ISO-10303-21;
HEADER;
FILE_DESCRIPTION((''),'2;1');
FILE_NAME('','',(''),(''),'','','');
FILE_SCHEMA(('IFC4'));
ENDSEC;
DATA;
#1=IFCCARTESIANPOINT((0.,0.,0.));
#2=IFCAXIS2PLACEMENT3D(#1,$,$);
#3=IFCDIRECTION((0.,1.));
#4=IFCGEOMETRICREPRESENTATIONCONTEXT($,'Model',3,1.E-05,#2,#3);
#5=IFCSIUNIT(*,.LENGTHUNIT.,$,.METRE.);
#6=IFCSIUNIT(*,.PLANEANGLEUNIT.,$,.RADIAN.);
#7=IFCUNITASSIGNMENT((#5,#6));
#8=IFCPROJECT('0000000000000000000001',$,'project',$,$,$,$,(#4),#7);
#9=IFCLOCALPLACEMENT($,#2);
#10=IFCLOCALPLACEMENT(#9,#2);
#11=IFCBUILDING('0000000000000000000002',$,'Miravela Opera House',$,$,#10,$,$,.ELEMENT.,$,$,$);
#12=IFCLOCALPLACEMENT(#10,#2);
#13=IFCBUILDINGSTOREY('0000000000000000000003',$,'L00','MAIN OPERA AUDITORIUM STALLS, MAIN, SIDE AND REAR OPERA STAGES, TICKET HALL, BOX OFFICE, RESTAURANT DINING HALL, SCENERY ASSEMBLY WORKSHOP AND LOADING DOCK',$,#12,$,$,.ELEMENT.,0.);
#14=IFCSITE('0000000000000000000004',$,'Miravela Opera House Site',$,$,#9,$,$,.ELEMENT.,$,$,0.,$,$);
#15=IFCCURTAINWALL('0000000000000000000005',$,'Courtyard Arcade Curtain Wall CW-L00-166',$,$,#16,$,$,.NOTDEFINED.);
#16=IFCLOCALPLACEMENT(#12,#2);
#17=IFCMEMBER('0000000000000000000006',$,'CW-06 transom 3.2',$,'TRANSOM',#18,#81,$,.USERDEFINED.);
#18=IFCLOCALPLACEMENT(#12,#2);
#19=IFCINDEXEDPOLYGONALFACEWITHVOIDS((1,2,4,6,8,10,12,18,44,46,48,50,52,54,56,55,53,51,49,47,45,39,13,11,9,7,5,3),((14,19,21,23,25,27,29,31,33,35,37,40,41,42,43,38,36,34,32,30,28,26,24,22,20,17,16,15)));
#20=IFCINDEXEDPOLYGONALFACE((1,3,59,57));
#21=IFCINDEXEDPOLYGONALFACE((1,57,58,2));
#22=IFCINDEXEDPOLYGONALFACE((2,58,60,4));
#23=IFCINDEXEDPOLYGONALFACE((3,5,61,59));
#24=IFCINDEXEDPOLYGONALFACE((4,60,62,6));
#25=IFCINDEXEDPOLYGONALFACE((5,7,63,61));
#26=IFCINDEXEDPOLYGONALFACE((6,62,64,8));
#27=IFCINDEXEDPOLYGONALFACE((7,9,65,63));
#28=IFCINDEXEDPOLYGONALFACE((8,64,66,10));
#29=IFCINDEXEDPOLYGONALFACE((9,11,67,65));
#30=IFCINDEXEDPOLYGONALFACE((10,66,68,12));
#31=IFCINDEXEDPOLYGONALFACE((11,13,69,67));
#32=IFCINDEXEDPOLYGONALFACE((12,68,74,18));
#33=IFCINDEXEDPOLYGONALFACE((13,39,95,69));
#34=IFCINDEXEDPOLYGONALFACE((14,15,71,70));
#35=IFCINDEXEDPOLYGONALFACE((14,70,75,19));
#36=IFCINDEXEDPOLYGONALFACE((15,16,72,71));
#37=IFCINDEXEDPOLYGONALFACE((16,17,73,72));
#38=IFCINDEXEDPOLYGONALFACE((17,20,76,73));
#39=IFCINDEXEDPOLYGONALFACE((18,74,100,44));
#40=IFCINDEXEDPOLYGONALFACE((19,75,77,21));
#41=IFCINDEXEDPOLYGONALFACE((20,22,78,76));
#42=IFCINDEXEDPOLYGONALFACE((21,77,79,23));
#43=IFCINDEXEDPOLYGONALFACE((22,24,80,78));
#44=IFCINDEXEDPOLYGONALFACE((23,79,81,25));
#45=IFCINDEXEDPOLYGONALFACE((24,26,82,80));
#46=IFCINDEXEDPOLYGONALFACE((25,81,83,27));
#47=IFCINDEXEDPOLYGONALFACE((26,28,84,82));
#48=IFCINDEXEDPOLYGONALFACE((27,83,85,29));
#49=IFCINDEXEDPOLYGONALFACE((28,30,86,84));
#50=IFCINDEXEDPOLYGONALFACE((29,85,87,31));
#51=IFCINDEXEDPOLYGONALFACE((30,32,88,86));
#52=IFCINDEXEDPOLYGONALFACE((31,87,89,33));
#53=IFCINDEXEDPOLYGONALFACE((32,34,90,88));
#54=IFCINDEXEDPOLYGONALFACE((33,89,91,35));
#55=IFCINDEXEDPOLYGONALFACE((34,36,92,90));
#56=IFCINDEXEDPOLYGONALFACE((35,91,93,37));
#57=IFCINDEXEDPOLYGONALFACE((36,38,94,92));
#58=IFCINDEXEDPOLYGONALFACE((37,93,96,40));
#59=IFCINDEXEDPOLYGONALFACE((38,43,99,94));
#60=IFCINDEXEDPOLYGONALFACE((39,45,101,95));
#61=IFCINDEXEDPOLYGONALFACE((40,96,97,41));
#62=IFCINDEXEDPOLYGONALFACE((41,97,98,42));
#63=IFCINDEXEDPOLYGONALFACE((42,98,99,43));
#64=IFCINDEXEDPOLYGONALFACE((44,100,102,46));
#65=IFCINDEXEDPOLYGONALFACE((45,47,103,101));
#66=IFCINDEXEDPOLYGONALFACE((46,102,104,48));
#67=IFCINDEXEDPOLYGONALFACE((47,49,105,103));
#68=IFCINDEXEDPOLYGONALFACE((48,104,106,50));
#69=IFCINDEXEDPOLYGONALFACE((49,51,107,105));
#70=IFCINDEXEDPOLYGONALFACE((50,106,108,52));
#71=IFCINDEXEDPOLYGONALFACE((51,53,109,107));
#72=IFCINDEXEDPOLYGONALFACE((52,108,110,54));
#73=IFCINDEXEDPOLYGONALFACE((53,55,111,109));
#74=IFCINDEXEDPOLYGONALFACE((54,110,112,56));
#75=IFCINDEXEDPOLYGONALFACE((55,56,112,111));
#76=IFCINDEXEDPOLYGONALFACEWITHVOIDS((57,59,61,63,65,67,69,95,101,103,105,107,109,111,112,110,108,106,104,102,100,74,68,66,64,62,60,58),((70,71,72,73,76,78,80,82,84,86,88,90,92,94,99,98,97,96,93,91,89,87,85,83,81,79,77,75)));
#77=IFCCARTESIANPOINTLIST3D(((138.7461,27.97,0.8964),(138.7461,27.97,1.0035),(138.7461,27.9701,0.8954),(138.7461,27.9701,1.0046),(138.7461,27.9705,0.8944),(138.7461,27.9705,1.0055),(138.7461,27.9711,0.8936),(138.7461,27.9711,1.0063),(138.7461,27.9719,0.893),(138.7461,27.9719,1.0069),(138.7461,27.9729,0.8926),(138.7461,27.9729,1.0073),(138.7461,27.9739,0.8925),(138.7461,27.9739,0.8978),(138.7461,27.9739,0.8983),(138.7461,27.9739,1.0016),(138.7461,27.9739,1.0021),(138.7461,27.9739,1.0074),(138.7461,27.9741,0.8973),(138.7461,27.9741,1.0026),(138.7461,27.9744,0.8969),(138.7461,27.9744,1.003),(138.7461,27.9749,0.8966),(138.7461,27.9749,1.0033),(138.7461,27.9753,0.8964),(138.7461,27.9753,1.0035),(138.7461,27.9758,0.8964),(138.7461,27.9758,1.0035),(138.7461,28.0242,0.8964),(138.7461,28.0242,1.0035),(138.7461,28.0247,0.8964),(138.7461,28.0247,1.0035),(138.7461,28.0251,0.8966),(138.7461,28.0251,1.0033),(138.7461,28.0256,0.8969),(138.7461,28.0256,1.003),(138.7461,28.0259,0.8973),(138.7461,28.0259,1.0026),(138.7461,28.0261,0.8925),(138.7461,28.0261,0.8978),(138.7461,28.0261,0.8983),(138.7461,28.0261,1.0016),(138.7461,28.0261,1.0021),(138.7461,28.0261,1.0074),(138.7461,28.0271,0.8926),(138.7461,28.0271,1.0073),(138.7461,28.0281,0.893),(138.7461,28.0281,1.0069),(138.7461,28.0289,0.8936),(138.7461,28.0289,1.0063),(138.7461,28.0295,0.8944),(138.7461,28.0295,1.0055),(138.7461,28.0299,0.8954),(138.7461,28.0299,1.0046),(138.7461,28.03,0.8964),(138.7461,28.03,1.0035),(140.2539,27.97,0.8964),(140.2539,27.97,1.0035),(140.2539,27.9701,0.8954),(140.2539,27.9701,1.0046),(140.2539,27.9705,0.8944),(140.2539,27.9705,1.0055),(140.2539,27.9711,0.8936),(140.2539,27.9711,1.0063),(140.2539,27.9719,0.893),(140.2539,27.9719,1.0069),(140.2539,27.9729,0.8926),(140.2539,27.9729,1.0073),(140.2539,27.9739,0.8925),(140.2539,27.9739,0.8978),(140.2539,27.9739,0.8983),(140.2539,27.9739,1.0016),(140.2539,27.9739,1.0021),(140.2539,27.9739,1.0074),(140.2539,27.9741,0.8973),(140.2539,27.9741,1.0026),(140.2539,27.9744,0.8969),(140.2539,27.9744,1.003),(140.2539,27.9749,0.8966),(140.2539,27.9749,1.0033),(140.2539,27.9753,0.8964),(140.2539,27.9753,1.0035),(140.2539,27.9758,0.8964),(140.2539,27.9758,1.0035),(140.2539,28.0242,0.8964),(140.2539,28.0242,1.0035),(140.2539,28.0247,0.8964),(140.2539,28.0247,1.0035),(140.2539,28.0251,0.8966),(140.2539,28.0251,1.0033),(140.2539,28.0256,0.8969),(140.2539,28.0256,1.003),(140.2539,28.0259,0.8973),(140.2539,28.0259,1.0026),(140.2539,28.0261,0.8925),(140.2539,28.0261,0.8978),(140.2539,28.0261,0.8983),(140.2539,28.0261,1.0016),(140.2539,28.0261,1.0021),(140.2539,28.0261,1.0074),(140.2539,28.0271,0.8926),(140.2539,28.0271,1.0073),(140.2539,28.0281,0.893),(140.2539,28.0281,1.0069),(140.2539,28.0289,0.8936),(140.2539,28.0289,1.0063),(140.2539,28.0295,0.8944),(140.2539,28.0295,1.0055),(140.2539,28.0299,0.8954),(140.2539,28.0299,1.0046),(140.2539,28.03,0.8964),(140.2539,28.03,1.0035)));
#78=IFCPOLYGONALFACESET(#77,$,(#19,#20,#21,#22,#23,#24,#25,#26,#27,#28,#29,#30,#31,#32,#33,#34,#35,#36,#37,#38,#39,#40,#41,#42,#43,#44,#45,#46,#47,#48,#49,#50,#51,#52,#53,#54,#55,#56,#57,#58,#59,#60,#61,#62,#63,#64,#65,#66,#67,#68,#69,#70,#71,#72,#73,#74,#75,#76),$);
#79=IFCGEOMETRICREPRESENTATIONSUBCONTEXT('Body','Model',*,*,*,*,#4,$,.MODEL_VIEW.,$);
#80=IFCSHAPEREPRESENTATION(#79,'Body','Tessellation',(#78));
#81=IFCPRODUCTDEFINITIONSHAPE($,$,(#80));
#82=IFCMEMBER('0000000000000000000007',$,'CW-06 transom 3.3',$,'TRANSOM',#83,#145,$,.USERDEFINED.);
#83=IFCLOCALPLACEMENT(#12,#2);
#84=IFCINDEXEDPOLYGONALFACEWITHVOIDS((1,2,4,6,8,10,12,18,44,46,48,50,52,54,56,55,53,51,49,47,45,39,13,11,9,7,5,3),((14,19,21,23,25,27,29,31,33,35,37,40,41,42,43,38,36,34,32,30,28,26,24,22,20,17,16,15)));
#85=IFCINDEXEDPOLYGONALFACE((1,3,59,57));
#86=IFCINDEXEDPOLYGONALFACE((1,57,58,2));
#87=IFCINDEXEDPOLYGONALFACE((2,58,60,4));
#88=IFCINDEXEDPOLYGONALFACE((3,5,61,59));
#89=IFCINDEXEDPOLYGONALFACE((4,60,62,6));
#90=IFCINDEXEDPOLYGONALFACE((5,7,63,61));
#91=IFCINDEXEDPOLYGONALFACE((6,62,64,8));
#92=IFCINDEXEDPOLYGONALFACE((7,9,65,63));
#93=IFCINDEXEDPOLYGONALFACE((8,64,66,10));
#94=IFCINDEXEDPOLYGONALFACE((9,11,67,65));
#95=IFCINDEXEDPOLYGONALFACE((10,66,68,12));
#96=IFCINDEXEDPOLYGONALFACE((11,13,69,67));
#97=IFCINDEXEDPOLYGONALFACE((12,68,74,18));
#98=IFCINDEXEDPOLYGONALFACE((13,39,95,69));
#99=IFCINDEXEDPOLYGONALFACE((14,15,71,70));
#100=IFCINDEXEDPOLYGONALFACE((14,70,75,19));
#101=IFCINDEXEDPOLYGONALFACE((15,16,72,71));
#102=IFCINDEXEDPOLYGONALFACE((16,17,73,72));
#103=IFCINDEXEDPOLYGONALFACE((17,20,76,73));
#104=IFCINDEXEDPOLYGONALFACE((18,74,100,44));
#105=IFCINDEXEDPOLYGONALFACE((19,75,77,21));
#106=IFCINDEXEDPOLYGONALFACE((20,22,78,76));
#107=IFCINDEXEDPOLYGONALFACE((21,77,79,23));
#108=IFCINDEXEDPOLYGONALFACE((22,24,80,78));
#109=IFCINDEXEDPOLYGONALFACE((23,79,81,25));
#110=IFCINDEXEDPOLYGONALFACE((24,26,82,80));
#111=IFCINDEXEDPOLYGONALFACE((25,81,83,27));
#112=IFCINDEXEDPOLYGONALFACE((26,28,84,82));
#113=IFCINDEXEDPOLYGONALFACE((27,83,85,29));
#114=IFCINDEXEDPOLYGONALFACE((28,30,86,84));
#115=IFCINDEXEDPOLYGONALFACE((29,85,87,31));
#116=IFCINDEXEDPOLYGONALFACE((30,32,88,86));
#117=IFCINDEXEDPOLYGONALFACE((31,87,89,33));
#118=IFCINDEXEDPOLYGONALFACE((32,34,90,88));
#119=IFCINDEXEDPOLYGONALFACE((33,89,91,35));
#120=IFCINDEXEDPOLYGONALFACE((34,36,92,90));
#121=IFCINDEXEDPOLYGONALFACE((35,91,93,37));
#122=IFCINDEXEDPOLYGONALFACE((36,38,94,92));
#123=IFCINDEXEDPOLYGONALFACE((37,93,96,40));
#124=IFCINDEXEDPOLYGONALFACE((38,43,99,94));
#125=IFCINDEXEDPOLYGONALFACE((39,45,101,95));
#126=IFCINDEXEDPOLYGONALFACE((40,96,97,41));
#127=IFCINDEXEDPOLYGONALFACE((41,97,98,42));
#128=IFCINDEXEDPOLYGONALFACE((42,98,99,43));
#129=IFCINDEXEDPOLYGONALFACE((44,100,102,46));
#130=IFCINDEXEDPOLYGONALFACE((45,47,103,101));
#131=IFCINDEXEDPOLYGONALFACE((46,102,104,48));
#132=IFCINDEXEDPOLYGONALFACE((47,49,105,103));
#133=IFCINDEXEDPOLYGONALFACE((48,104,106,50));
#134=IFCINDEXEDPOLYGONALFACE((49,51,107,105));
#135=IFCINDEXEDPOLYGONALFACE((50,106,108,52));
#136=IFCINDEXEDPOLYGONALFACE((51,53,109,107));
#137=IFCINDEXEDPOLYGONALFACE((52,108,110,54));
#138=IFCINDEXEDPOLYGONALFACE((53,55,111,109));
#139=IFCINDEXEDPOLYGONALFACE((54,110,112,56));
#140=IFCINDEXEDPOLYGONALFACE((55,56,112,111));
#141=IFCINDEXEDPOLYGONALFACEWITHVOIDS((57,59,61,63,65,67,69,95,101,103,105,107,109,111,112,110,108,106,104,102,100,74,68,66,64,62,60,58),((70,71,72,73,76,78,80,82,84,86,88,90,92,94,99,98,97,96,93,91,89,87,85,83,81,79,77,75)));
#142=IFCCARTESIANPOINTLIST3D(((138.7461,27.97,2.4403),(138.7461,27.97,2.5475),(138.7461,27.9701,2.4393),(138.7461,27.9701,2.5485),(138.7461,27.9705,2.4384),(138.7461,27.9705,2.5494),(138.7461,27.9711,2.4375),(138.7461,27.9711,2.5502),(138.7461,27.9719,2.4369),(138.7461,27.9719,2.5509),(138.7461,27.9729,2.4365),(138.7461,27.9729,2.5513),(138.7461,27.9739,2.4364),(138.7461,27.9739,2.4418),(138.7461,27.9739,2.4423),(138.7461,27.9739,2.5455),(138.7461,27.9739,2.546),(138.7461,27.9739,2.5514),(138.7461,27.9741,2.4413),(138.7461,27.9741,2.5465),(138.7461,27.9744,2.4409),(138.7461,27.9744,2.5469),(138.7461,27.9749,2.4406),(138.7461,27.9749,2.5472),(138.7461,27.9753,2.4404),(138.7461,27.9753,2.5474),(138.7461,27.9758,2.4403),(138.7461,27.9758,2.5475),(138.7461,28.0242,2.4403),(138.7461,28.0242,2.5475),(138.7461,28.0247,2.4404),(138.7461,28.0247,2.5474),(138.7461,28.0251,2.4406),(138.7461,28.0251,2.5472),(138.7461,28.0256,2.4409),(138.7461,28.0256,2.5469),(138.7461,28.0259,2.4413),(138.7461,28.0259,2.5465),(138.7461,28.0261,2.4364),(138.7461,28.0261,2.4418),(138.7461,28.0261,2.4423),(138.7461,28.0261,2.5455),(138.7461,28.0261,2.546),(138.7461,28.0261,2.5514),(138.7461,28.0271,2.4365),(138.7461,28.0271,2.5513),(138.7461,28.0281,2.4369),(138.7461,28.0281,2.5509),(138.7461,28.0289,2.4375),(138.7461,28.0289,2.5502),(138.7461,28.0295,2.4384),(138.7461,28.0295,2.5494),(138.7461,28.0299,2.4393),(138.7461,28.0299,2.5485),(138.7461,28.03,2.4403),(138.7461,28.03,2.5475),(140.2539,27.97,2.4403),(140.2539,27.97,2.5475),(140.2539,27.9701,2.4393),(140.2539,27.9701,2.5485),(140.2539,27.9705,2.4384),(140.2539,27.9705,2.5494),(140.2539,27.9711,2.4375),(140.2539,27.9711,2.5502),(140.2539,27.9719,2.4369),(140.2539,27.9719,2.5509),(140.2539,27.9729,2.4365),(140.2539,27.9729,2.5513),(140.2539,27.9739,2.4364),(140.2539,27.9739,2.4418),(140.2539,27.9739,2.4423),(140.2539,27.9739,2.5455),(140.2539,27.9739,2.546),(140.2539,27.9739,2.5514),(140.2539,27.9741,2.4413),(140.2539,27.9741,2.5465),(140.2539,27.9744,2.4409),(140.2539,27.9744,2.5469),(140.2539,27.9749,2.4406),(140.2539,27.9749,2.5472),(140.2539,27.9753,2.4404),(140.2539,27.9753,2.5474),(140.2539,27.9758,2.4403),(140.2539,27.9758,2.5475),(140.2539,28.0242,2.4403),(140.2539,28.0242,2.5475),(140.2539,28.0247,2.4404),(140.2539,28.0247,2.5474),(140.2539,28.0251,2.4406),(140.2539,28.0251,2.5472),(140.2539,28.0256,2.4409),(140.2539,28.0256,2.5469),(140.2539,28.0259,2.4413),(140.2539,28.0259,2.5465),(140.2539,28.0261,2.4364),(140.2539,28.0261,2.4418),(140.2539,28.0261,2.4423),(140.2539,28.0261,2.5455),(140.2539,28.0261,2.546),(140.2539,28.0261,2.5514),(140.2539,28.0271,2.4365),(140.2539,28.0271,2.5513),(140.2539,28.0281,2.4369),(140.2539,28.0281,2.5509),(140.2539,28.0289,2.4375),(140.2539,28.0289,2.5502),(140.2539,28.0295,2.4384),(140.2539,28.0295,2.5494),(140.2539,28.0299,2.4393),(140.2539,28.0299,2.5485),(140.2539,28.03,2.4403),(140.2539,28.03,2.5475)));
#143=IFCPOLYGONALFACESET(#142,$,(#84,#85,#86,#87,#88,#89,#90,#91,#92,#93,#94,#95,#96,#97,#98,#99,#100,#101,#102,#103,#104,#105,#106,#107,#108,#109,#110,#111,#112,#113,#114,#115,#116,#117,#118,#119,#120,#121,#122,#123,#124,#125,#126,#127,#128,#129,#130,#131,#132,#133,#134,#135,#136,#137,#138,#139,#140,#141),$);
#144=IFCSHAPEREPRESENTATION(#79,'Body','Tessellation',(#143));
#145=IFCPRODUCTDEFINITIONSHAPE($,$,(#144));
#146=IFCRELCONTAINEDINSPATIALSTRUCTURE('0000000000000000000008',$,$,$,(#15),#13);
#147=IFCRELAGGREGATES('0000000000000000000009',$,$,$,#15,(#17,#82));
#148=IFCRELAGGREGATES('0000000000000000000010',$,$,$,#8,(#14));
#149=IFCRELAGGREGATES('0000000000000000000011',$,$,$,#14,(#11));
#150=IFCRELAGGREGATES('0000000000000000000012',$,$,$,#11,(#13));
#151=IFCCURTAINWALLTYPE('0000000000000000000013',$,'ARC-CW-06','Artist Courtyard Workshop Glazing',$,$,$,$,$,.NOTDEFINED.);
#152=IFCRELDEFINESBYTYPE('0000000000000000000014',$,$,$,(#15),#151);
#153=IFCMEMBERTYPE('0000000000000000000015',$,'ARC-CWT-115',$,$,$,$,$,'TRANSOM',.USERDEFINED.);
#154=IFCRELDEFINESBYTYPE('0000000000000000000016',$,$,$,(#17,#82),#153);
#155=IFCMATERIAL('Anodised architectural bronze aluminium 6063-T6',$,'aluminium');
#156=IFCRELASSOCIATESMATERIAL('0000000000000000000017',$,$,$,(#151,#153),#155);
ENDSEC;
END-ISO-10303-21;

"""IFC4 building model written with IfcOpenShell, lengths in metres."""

from ifc_helpers import new_model, si_unit, direction, frame, origin, origin_2d, place, context, subcontext, project, spatial, hollow_rectangle, extrude, material, material_profile, profile_set, type_object, element, aggregate, save


model = new_model("IFC4")

# Units and contexts
model_context = context("Model", 3, precision=1e-05, world=origin(), true_north=direction((0.0, 1.0)))
body_context = subcontext(model_context, "Body", "Model", "MODEL_VIEW")
ifc_project = project(units=[si_unit("LENGTHUNIT", "METRE"), si_unit("PLANEANGLEUNIT", "RADIAN")], contexts=[model_context])

# Site, building, storey
site_placement = place(None, origin())
site = spatial("IfcSite", under=ifc_project, at=site_placement, Name="Miravela Opera House Site", CompositionType="ELEMENT", RefElevation=0.0)
building_placement = place(site_placement, origin())
building = spatial("IfcBuilding", under=site, at=building_placement, Name="Miravela Opera House", CompositionType="ELEMENT")
storey_placement = place(building_placement, origin())
storey = spatial("IfcBuildingStorey", under=building, at=storey_placement, Name="L00", Description="MAIN OPERA AUDITORIUM STALLS, MAIN, SIDE AND REAR OPERA STAGES, TICKET HALL, BOX OFFICE, RESTAURANT DINING HALL, SCENERY ASSEMBLY WORKSHOP AND LOADING DOCK", CompositionType="ELEMENT", Elevation=0.0)

# Curtain wall, members
ifc_material_1 = material(Name="Anodised architectural bronze aluminium 6063-T6", Category="aluminium")
curtain_wall_type = type_object("IfcCurtainWallType", Name="ARC-CW-06", Description="Artist Courtyard Workshop Glazing", PredefinedType="NOTDEFINED", material=ifc_material_1)
curtain_wall_placement = place(storey_placement, origin())
curtain_wall = element("IfcCurtainWall", 1, at=curtain_wall_placement, inside=storey, type_object=curtain_wall_type, Name="Courtyard Arcade Curtain Wall CW-L00-166", PredefinedType="NOTDEFINED")
ifc_material_profile_1 = material_profile(ifc_material_1, hollow_rectangle(XDim=0.0601, YDim=0.115, WallThickness=0.0039, InnerFilletRadius=0.002, OuterFilletRadius=0.0039, at=origin_2d()), Name="CWT-60X115")
ifc_profile_set_1 = profile_set([ifc_material_profile_1])
member_type_1 = type_object("IfcMemberType", Name="ARC-CWT-115", ElementType="TRANSOM", PredefinedType="USERDEFINED", material=ifc_profile_set_1)
member_1_placement = place(storey_placement, frame((138.7461, 28.0, 0.95), z_axis=(1.0, 0.0, 0.0), x_axis=(0.0, 1.0, 0.0)))
member_1 = element("IfcMember", 2, at=member_1_placement, type_object=member_type_1, Name="CW-06 transom 3.2", ObjectType="TRANSOM", PredefinedType="USERDEFINED", context=body_context, shape_type="SweptSolid", body=[
    extrude(hollow_rectangle(XDim=0.0601, YDim=0.115, WallThickness=0.0039, InnerFilletRadius=0.002, OuterFilletRadius=0.0039, at=origin_2d()), origin(), (0.0, 0.0, 1.0), 1.5078),
])
member_2_placement = place(storey_placement, frame((138.7461, 28.0, 2.4939), z_axis=(1.0, 0.0, 0.0), x_axis=(0.0, 1.0, 0.0)))
member_2 = element("IfcMember", 3, at=member_2_placement, type_object=member_type_1, Name="CW-06 transom 3.3", ObjectType="TRANSOM", PredefinedType="USERDEFINED", context=body_context, shape_type="SweptSolid", body=[
    extrude(hollow_rectangle(XDim=0.0601, YDim=0.115, WallThickness=0.0039, InnerFilletRadius=0.002, OuterFilletRadius=0.0039, at=origin_2d()), origin(), (0.0, 0.0, 1.0), 1.5078),
])
aggregate(curtain_wall, [member_1, member_2])

save(model, "model.ifc")
